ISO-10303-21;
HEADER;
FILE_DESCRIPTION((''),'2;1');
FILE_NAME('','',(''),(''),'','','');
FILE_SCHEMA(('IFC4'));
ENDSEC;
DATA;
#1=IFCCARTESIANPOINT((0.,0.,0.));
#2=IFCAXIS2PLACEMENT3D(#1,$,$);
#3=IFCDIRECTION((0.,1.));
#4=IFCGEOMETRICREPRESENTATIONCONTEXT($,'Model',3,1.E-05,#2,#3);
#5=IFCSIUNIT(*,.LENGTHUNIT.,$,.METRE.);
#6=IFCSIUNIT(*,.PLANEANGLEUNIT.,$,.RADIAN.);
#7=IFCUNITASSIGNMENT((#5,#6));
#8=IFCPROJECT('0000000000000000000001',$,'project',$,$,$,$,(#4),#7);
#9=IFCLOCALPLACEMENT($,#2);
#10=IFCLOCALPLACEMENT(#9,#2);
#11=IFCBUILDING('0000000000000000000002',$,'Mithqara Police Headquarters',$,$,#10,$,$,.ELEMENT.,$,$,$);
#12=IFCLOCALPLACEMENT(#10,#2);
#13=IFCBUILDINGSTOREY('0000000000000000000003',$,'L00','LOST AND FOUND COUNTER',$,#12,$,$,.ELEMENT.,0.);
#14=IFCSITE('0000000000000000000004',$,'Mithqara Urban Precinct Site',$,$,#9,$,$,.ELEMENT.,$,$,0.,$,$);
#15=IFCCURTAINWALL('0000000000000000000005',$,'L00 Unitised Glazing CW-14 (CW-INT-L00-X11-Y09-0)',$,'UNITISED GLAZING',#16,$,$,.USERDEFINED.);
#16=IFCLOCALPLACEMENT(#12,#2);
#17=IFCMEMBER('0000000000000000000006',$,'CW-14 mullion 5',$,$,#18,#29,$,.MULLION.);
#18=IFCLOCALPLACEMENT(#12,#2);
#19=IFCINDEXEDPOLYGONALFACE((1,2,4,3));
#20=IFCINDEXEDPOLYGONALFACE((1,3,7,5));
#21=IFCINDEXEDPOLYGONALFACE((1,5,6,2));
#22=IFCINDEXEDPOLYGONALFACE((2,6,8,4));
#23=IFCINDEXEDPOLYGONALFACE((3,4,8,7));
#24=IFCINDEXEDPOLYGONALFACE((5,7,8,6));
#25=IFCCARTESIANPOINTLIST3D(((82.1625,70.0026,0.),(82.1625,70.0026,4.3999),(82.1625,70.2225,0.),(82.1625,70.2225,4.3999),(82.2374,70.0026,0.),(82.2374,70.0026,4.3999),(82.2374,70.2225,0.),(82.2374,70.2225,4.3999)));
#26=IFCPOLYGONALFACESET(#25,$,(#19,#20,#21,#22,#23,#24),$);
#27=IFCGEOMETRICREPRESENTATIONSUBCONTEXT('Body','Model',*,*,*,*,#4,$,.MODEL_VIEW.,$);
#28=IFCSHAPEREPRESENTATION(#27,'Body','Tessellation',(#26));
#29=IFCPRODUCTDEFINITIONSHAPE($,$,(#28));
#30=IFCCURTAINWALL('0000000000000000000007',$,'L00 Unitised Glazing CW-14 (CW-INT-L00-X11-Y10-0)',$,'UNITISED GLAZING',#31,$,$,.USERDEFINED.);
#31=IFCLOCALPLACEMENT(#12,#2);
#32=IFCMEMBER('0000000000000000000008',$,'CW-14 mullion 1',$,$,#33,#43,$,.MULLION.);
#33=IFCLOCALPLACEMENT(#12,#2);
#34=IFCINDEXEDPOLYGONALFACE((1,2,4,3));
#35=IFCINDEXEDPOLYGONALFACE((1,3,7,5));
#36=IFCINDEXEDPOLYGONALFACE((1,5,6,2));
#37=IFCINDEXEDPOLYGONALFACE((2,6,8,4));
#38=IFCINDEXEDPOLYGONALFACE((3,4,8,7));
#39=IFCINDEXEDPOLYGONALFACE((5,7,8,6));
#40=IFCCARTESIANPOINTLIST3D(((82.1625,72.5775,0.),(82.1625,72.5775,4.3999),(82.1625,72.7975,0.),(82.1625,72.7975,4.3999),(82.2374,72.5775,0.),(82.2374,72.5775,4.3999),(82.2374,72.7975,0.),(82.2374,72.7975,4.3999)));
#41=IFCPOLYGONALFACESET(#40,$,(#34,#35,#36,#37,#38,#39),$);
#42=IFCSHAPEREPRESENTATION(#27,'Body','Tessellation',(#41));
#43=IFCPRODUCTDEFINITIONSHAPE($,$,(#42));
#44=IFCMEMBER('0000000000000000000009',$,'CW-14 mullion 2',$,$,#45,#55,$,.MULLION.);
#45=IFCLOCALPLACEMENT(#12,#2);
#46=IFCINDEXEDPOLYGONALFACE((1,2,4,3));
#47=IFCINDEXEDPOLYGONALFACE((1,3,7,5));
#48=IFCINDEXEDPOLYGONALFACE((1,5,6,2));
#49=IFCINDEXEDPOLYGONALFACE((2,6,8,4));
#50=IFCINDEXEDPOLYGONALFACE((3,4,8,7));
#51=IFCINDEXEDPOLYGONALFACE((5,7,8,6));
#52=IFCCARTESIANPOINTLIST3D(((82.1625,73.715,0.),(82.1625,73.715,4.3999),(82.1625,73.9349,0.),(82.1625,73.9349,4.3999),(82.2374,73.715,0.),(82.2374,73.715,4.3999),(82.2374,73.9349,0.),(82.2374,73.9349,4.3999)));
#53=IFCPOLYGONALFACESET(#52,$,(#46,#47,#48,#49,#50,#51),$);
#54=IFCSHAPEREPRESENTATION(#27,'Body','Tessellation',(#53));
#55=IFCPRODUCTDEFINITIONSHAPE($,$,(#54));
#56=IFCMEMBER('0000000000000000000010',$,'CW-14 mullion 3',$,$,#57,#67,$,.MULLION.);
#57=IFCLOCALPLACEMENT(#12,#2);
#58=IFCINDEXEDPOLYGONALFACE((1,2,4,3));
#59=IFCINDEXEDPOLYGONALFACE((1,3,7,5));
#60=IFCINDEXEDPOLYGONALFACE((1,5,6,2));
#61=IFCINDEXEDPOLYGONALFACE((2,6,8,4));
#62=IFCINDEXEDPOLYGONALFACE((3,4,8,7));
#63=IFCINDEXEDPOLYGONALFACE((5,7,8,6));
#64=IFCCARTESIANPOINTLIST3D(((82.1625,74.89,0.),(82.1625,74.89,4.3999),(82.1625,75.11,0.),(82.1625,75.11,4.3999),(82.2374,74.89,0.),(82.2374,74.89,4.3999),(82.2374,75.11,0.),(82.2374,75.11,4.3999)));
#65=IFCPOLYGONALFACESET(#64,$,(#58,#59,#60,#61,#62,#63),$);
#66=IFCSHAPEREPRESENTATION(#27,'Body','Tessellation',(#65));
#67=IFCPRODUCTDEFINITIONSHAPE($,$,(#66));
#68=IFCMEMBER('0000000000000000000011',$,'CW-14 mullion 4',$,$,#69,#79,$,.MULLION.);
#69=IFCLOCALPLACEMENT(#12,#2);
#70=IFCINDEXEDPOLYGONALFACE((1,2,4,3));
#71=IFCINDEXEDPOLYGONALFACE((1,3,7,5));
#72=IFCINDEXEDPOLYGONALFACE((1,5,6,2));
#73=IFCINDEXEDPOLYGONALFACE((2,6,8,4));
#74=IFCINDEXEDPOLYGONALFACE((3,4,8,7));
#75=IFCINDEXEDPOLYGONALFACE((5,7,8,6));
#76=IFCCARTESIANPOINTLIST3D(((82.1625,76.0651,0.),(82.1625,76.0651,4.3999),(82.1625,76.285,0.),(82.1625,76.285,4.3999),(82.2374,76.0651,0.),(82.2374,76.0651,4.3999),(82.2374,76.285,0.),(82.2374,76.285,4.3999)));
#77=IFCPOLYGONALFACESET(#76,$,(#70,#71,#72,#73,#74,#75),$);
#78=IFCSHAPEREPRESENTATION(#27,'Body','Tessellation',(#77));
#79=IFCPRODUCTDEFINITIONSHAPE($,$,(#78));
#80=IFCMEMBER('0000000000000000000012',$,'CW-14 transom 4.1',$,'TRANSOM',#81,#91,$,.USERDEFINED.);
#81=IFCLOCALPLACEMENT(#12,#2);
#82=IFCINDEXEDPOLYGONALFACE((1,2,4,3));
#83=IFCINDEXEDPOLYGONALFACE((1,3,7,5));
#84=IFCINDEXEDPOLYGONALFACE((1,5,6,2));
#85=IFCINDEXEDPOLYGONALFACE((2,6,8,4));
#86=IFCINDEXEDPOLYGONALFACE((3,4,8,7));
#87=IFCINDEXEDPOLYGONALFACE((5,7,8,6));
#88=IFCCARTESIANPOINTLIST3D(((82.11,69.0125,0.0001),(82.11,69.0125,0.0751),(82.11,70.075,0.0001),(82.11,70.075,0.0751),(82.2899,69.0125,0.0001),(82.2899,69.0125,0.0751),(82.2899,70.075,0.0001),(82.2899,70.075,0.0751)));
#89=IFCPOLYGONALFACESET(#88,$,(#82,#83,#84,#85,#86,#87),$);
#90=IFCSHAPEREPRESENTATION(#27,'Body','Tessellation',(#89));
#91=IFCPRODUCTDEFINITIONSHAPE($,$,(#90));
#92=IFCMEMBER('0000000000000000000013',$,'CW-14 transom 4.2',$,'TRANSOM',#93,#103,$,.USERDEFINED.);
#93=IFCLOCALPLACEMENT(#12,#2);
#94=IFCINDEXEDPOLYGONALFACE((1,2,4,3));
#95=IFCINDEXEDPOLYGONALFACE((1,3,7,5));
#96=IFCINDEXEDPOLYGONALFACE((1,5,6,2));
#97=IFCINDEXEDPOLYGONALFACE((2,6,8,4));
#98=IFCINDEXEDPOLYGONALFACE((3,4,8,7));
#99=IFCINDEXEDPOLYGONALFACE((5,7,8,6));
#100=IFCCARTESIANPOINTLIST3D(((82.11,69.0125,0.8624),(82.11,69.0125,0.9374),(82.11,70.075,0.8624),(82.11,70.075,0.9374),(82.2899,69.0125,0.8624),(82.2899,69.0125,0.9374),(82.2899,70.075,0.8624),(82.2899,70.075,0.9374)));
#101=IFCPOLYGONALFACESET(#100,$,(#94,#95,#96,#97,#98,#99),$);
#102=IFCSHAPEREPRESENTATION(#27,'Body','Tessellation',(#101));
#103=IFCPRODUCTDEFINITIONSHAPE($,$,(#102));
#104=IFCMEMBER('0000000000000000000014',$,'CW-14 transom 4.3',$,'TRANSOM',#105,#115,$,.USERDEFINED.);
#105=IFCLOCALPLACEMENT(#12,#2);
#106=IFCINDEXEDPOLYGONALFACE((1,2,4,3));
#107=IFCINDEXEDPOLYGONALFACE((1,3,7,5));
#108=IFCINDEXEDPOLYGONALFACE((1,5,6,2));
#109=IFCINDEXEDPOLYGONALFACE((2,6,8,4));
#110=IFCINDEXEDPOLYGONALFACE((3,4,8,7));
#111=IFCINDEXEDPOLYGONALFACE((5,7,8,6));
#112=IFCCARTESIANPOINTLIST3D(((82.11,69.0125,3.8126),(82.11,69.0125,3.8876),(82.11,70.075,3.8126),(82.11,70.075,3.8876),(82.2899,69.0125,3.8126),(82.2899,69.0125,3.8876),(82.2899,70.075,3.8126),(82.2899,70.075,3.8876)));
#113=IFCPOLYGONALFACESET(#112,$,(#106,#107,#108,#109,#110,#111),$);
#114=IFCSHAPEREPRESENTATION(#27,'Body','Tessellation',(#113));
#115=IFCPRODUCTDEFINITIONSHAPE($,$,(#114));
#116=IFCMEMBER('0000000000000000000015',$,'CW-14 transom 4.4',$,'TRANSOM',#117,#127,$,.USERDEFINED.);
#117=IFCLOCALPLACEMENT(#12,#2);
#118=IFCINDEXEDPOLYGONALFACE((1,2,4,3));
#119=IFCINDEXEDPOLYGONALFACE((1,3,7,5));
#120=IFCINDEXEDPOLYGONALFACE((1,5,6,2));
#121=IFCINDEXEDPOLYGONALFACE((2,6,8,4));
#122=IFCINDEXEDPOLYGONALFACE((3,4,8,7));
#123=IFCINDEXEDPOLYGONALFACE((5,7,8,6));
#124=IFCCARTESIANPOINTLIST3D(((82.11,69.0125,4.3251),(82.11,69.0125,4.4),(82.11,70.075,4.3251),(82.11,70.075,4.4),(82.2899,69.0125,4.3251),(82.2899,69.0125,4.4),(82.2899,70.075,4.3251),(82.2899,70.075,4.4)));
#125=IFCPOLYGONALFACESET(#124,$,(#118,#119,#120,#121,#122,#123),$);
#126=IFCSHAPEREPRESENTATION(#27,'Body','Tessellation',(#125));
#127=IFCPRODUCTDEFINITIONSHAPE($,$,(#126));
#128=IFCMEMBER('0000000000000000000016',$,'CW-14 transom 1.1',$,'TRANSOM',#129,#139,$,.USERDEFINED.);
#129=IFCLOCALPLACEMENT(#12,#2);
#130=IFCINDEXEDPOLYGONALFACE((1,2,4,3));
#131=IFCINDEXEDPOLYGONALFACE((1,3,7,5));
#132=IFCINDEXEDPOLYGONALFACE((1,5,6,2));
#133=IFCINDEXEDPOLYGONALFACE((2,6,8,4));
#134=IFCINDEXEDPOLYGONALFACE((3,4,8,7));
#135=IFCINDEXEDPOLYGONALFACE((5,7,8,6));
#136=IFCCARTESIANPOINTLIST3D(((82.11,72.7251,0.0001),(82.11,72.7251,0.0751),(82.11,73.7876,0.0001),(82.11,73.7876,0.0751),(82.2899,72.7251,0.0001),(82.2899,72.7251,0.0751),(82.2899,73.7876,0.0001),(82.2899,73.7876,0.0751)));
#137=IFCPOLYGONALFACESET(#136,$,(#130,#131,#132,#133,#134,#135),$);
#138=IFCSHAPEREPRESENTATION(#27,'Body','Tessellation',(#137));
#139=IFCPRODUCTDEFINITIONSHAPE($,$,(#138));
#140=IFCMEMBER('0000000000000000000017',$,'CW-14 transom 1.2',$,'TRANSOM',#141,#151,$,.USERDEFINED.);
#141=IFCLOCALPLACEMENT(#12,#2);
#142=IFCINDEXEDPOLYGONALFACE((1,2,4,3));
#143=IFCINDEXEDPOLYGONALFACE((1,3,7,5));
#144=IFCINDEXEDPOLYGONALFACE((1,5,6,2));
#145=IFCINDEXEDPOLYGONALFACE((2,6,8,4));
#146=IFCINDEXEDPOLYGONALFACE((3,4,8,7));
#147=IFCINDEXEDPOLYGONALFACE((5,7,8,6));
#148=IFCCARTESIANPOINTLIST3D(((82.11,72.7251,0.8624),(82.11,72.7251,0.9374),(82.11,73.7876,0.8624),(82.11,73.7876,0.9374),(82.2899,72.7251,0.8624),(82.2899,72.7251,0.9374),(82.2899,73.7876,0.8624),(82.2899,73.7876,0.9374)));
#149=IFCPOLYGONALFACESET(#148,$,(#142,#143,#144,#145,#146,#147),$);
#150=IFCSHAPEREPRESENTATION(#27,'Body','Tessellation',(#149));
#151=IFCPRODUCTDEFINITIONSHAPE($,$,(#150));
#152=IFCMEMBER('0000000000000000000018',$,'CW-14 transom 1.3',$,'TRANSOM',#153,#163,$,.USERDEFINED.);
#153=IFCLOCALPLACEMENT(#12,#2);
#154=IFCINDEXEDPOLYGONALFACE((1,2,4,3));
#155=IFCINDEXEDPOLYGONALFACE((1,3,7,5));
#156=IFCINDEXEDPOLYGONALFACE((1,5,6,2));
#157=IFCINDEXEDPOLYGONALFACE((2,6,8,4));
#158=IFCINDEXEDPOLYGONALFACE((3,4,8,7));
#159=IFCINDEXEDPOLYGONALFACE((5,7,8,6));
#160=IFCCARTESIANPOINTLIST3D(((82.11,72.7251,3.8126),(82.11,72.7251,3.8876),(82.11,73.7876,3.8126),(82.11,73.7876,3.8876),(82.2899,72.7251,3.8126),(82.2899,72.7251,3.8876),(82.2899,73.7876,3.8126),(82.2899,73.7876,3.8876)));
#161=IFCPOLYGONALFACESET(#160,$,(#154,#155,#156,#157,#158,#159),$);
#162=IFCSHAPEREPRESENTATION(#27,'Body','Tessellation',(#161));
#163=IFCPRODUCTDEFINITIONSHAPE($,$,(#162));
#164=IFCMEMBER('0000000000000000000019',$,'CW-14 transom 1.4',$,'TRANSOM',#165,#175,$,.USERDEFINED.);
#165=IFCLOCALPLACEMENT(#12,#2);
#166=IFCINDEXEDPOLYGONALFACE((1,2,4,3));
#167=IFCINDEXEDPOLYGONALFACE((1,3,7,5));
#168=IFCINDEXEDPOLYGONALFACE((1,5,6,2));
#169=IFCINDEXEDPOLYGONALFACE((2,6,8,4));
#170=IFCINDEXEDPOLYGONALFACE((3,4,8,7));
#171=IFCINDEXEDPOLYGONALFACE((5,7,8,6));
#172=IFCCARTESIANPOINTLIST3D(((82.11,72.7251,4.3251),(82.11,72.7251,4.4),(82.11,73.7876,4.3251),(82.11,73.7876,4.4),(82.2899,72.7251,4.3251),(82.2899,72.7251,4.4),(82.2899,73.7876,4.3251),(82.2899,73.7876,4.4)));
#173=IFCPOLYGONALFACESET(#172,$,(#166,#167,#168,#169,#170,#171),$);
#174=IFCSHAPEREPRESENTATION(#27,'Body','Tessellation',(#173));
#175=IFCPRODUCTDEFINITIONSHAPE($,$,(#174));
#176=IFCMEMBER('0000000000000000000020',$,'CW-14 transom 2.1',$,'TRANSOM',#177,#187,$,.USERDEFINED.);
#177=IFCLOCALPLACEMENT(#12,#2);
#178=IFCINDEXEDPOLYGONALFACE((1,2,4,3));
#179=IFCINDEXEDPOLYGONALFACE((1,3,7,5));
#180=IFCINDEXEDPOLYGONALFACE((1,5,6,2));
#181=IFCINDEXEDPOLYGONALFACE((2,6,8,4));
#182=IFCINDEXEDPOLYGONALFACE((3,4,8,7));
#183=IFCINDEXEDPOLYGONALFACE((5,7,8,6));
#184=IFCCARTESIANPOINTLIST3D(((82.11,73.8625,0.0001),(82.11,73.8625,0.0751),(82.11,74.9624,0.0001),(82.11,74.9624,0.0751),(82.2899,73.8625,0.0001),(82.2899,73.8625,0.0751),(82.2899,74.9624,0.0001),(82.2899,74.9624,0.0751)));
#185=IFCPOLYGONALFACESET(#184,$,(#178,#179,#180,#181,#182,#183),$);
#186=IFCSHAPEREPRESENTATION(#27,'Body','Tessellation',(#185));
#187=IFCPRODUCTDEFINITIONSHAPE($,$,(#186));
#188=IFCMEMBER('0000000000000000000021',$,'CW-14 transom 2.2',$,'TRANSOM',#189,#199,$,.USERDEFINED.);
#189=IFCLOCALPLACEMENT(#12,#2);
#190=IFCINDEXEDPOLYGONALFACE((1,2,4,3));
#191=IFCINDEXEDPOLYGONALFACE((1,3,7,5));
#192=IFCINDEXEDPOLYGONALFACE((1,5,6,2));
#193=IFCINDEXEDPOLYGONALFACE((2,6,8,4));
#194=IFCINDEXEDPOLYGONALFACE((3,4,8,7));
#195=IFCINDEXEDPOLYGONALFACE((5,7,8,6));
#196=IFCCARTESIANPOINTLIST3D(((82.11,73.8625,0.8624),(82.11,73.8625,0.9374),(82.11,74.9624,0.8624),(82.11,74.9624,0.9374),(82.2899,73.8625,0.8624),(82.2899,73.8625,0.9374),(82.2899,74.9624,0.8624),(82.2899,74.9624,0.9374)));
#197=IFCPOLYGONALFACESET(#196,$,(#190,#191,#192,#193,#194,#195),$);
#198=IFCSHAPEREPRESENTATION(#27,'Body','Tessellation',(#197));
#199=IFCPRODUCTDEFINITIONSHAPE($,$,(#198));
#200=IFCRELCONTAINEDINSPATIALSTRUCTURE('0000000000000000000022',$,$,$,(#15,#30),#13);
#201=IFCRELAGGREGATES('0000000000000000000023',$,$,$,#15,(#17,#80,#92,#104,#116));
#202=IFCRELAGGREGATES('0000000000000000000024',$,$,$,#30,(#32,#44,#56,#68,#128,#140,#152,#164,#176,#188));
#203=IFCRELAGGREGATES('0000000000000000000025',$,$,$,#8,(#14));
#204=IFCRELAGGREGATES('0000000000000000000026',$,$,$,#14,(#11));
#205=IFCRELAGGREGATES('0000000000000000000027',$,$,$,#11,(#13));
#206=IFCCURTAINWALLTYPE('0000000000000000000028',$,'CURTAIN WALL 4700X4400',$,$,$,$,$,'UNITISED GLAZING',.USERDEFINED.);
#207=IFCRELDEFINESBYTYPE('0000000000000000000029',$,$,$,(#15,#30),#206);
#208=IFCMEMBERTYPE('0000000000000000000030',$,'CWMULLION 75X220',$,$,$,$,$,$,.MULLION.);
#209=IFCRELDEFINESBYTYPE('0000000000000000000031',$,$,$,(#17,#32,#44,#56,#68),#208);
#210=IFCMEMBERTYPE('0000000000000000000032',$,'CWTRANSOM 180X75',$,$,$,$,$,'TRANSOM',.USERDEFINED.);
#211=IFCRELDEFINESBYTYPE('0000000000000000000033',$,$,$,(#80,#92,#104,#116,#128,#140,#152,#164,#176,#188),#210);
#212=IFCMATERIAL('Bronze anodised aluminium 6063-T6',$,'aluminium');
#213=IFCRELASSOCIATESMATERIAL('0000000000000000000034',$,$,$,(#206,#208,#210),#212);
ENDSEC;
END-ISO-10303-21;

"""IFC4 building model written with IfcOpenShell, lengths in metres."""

from ifc_helpers import new_model, si_unit, direction, frame, origin, origin_2d, place, context, subcontext, project, spatial, rectangle, extrude, material, material_profile, profile_set, type_object, element, aggregate, save


model = new_model("IFC4")

# Units and contexts
model_context = context("Model", 3, precision=1e-05, world=origin(), true_north=direction((0.0, 1.0)))
body_context = subcontext(model_context, "Body", "Model", "MODEL_VIEW")
ifc_project = project(units=[si_unit("LENGTHUNIT", "METRE"), si_unit("PLANEANGLEUNIT", "RADIAN")], contexts=[model_context])

# Site, building, storey
site_placement = place(None, origin())
site = spatial("IfcSite", under=ifc_project, at=site_placement, Name="Mithqara Urban Precinct Site", CompositionType="ELEMENT", RefElevation=0.0)
building_placement = place(site_placement, origin())
building = spatial("IfcBuilding", under=site, at=building_placement, Name="Mithqara Police Headquarters", CompositionType="ELEMENT")
storey_placement = place(building_placement, origin())
storey = spatial("IfcBuildingStorey", under=building, at=storey_placement, Name="L00", Description="LOST AND FOUND COUNTER", CompositionType="ELEMENT", Elevation=0.0)

# Curtain wall, member
ifc_material_1 = material(Name="Bronze anodised aluminium 6063-T6", Category="aluminium")
curtain_wall_type = type_object("IfcCurtainWallType", Name="CURTAIN WALL 4700X4400", ElementType="UNITISED GLAZING", PredefinedType="USERDEFINED", material=ifc_material_1)
curtain_wall_1_placement = place(storey_placement, origin())
curtain_wall_1 = element("IfcCurtainWall", 1, at=curtain_wall_1_placement, inside=storey, type_object=curtain_wall_type, Name="L00 Unitised Glazing CW-14 (CW-INT-L00-X11-Y09-0)", ObjectType="UNITISED GLAZING", PredefinedType="USERDEFINED")
ifc_material_profile_1 = material_profile(ifc_material_1, rectangle(XDim=0.075, YDim=0.22, at=origin_2d()), Name="CWM 75x220")
ifc_profile_set_1 = profile_set([ifc_material_profile_1], Name="Bronze anodised aluminium 6063-T6")
member_type_1 = type_object("IfcMemberType", Name="CWMULLION 75X220", PredefinedType="MULLION", material=ifc_profile_set_1)
member_1_placement = place(storey_placement, frame((82.2, 70.1125, 0.0), z_axis=(0.0, 0.0, 1.0), x_axis=(-1.0, 0.0, 0.0)))
member_1 = element("IfcMember", 2, at=member_1_placement, type_object=member_type_1, Name="CW-14 mullion 5", PredefinedType="MULLION", context=body_context, shape_type="SweptSolid", body=[
    extrude(rectangle(XDim=0.075, YDim=0.22, at=origin_2d()), origin(), (0.0, 0.0, 1.0), 4.3999),
])

# Curtain wall, members
curtain_wall_2_placement = place(storey_placement, origin())
curtain_wall_2 = element("IfcCurtainWall", 3, at=curtain_wall_2_placement, inside=storey, type_object=curtain_wall_type, Name="L00 Unitised Glazing CW-14 (CW-INT-L00-X11-Y10-0)", ObjectType="UNITISED GLAZING", PredefinedType="USERDEFINED")
member_2_placement = place(storey_placement, frame((82.2, 72.6875, 0.0), z_axis=(0.0, 0.0, 1.0), x_axis=(-1.0, 0.0, 0.0)))
member_2 = element("IfcMember", 4, at=member_2_placement, type_object=member_type_1, Name="CW-14 mullion 1", PredefinedType="MULLION", context=body_context, shape_type="SweptSolid", body=[
    extrude(rectangle(XDim=0.075, YDim=0.22, at=origin_2d()), origin(), (0.0, 0.0, 1.0), 4.3999),
])
member_3_placement = place(storey_placement, frame((82.2, 73.825, 0.0), z_axis=(0.0, 0.0, 1.0), x_axis=(-1.0, 0.0, 0.0)))
member_3 = element("IfcMember", 5, at=member_3_placement, type_object=member_type_1, Name="CW-14 mullion 2", PredefinedType="MULLION", context=body_context, shape_type="SweptSolid", body=[
    extrude(rectangle(XDim=0.075, YDim=0.22, at=origin_2d()), origin(), (0.0, 0.0, 1.0), 4.3999),
])
member_4_placement = place(storey_placement, frame((82.2, 75.0, 0.0), z_axis=(0.0, 0.0, 1.0), x_axis=(-1.0, 0.0, 0.0)))
member_4 = element("IfcMember", 6, at=member_4_placement, type_object=member_type_1, Name="CW-14 mullion 3", PredefinedType="MULLION", context=body_context, shape_type="SweptSolid", body=[
    extrude(rectangle(XDim=0.075, YDim=0.22, at=origin_2d()), origin(), (0.0, 0.0, 1.0), 4.3999),
])
member_5_placement = place(storey_placement, frame((82.2, 76.175, 0.0), z_axis=(0.0, 0.0, 1.0), x_axis=(-1.0, 0.0, 0.0)))
member_5 = element("IfcMember", 7, at=member_5_placement, type_object=member_type_1, Name="CW-14 mullion 4", PredefinedType="MULLION", context=body_context, shape_type="SweptSolid", body=[
    extrude(rectangle(XDim=0.075, YDim=0.22, at=origin_2d()), origin(), (0.0, 0.0, 1.0), 4.3999),
])

# Members
ifc_material_profile_2 = material_profile(ifc_material_1, rectangle(XDim=0.1799, YDim=0.075, at=origin_2d()), Name="CWT 180x75")
ifc_profile_set_2 = profile_set([ifc_material_profile_2], Name="Bronze anodised aluminium 6063-T6")
member_type_2 = type_object("IfcMemberType", Name="CWTRANSOM 180X75", ElementType="TRANSOM", PredefinedType="USERDEFINED", material=ifc_profile_set_2)
member_6_placement = place(storey_placement, frame((82.2, 69.0125, 0.0376), z_axis=(0.0, 1.0, 0.0), x_axis=(-1.0, 0.0, 0.0)))
member_6 = element("IfcMember", 8, at=member_6_placement, type_object=member_type_2, Name="CW-14 transom 4.1", ObjectType="TRANSOM", PredefinedType="USERDEFINED", context=body_context, shape_type="SweptSolid", body=[
    extrude(rectangle(XDim=0.1799, YDim=0.075, at=origin_2d()), origin(), (0.0, 0.0, 1.0), 1.0625),
])
member_7_placement = place(storey_placement, frame((82.2, 69.0125, 0.8999), z_axis=(0.0, 1.0, 0.0), x_axis=(-1.0, 0.0, 0.0)))
member_7 = element("IfcMember", 9, at=member_7_placement, type_object=member_type_2, Name="CW-14 transom 4.2", ObjectType="TRANSOM", PredefinedType="USERDEFINED", context=body_context, shape_type="SweptSolid", body=[
    extrude(rectangle(XDim=0.1799, YDim=0.075, at=origin_2d()), origin(), (0.0, 0.0, 1.0), 1.0625),
])
member_8_placement = place(storey_placement, frame((82.2, 69.0125, 3.8501), z_axis=(0.0, 1.0, 0.0), x_axis=(-1.0, 0.0, 0.0)))
member_8 = element("IfcMember", 10, at=member_8_placement, type_object=member_type_2, Name="CW-14 transom 4.3", ObjectType="TRANSOM", PredefinedType="USERDEFINED", context=body_context, shape_type="SweptSolid", body=[
    extrude(rectangle(XDim=0.1799, YDim=0.075, at=origin_2d()), origin(), (0.0, 0.0, 1.0), 1.0625),
])
member_9_placement = place(storey_placement, frame((82.2, 69.0125, 4.3625), z_axis=(0.0, 1.0, 0.0), x_axis=(-1.0, 0.0, 0.0)))
member_9 = element("IfcMember", 11, at=member_9_placement, type_object=member_type_2, Name="CW-14 transom 4.4", ObjectType="TRANSOM", PredefinedType="USERDEFINED", context=body_context, shape_type="SweptSolid", body=[
    extrude(rectangle(XDim=0.1799, YDim=0.075, at=origin_2d()), origin(), (0.0, 0.0, 1.0), 1.0625),
])
member_10_placement = place(storey_placement, frame((82.2, 72.7251, 0.0376), z_axis=(0.0, 1.0, 0.0), x_axis=(-1.0, 0.0, 0.0)))
member_10 = element("IfcMember", 12, at=member_10_placement, type_object=member_type_2, Name="CW-14 transom 1.1", ObjectType="TRANSOM", PredefinedType="USERDEFINED", context=body_context, shape_type="SweptSolid", body=[
    extrude(rectangle(XDim=0.1799, YDim=0.075, at=origin_2d()), origin(), (0.0, 0.0, 1.0), 1.0625),
])
member_11_placement = place(storey_placement, frame((82.2, 72.7251, 0.8999), z_axis=(0.0, 1.0, 0.0), x_axis=(-1.0, 0.0, 0.0)))
member_11 = element("IfcMember", 13, at=member_11_placement, type_object=member_type_2, Name="CW-14 transom 1.2", ObjectType="TRANSOM", PredefinedType="USERDEFINED", context=body_context, shape_type="SweptSolid", body=[
    extrude(rectangle(XDim=0.1799, YDim=0.075, at=origin_2d()), origin(), (0.0, 0.0, 1.0), 1.0625),
])
member_12_placement = place(storey_placement, frame((82.2, 72.7251, 3.8501), z_axis=(0.0, 1.0, 0.0), x_axis=(-1.0, 0.0, 0.0)))
member_12 = element("IfcMember", 14, at=member_12_placement, type_object=member_type_2, Name="CW-14 transom 1.3", ObjectType="TRANSOM", PredefinedType="USERDEFINED", context=body_context, shape_type="SweptSolid", body=[
    extrude(rectangle(XDim=0.1799, YDim=0.075, at=origin_2d()), origin(), (0.0, 0.0, 1.0), 1.0625),
])
member_13_placement = place(storey_placement, frame((82.2, 72.7251, 4.3625), z_axis=(0.0, 1.0, 0.0), x_axis=(-1.0, 0.0, 0.0)))
member_13 = element("IfcMember", 15, at=member_13_placement, type_object=member_type_2, Name="CW-14 transom 1.4", ObjectType="TRANSOM", PredefinedType="USERDEFINED", context=body_context, shape_type="SweptSolid", body=[
    extrude(rectangle(XDim=0.1799, YDim=0.075, at=origin_2d()), origin(), (0.0, 0.0, 1.0), 1.0625),
])
member_14_placement = place(storey_placement, frame((82.2, 73.8625, 0.0376), z_axis=(0.0, 1.0, 0.0), x_axis=(-1.0, 0.0, 0.0)))
member_14 = element("IfcMember", 16, at=member_14_placement, type_object=member_type_2, Name="CW-14 transom 2.1", ObjectType="TRANSOM", PredefinedType="USERDEFINED", context=body_context, shape_type="SweptSolid", body=[
    extrude(rectangle(XDim=0.1799, YDim=0.075, at=origin_2d()), origin(), (0.0, 0.0, 1.0), 1.0999),
])
member_15_placement = place(storey_placement, frame((82.2, 73.8625, 0.8999), z_axis=(0.0, 1.0, 0.0), x_axis=(-1.0, 0.0, 0.0)))
member_15 = element("IfcMember", 17, at=member_15_placement, type_object=member_type_2, Name="CW-14 transom 2.2", ObjectType="TRANSOM", PredefinedType="USERDEFINED", context=body_context, shape_type="SweptSolid", body=[
    extrude(rectangle(XDim=0.1799, YDim=0.075, at=origin_2d()), origin(), (0.0, 0.0, 1.0), 1.0999),
])

aggregate(curtain_wall_1, [member_1, member_6, member_7, member_8, member_9])
aggregate(curtain_wall_2, [member_2, member_3, member_4, member_5, member_10, member_11, member_12, member_13, member_14, member_15])

save(model, "model.ifc")
